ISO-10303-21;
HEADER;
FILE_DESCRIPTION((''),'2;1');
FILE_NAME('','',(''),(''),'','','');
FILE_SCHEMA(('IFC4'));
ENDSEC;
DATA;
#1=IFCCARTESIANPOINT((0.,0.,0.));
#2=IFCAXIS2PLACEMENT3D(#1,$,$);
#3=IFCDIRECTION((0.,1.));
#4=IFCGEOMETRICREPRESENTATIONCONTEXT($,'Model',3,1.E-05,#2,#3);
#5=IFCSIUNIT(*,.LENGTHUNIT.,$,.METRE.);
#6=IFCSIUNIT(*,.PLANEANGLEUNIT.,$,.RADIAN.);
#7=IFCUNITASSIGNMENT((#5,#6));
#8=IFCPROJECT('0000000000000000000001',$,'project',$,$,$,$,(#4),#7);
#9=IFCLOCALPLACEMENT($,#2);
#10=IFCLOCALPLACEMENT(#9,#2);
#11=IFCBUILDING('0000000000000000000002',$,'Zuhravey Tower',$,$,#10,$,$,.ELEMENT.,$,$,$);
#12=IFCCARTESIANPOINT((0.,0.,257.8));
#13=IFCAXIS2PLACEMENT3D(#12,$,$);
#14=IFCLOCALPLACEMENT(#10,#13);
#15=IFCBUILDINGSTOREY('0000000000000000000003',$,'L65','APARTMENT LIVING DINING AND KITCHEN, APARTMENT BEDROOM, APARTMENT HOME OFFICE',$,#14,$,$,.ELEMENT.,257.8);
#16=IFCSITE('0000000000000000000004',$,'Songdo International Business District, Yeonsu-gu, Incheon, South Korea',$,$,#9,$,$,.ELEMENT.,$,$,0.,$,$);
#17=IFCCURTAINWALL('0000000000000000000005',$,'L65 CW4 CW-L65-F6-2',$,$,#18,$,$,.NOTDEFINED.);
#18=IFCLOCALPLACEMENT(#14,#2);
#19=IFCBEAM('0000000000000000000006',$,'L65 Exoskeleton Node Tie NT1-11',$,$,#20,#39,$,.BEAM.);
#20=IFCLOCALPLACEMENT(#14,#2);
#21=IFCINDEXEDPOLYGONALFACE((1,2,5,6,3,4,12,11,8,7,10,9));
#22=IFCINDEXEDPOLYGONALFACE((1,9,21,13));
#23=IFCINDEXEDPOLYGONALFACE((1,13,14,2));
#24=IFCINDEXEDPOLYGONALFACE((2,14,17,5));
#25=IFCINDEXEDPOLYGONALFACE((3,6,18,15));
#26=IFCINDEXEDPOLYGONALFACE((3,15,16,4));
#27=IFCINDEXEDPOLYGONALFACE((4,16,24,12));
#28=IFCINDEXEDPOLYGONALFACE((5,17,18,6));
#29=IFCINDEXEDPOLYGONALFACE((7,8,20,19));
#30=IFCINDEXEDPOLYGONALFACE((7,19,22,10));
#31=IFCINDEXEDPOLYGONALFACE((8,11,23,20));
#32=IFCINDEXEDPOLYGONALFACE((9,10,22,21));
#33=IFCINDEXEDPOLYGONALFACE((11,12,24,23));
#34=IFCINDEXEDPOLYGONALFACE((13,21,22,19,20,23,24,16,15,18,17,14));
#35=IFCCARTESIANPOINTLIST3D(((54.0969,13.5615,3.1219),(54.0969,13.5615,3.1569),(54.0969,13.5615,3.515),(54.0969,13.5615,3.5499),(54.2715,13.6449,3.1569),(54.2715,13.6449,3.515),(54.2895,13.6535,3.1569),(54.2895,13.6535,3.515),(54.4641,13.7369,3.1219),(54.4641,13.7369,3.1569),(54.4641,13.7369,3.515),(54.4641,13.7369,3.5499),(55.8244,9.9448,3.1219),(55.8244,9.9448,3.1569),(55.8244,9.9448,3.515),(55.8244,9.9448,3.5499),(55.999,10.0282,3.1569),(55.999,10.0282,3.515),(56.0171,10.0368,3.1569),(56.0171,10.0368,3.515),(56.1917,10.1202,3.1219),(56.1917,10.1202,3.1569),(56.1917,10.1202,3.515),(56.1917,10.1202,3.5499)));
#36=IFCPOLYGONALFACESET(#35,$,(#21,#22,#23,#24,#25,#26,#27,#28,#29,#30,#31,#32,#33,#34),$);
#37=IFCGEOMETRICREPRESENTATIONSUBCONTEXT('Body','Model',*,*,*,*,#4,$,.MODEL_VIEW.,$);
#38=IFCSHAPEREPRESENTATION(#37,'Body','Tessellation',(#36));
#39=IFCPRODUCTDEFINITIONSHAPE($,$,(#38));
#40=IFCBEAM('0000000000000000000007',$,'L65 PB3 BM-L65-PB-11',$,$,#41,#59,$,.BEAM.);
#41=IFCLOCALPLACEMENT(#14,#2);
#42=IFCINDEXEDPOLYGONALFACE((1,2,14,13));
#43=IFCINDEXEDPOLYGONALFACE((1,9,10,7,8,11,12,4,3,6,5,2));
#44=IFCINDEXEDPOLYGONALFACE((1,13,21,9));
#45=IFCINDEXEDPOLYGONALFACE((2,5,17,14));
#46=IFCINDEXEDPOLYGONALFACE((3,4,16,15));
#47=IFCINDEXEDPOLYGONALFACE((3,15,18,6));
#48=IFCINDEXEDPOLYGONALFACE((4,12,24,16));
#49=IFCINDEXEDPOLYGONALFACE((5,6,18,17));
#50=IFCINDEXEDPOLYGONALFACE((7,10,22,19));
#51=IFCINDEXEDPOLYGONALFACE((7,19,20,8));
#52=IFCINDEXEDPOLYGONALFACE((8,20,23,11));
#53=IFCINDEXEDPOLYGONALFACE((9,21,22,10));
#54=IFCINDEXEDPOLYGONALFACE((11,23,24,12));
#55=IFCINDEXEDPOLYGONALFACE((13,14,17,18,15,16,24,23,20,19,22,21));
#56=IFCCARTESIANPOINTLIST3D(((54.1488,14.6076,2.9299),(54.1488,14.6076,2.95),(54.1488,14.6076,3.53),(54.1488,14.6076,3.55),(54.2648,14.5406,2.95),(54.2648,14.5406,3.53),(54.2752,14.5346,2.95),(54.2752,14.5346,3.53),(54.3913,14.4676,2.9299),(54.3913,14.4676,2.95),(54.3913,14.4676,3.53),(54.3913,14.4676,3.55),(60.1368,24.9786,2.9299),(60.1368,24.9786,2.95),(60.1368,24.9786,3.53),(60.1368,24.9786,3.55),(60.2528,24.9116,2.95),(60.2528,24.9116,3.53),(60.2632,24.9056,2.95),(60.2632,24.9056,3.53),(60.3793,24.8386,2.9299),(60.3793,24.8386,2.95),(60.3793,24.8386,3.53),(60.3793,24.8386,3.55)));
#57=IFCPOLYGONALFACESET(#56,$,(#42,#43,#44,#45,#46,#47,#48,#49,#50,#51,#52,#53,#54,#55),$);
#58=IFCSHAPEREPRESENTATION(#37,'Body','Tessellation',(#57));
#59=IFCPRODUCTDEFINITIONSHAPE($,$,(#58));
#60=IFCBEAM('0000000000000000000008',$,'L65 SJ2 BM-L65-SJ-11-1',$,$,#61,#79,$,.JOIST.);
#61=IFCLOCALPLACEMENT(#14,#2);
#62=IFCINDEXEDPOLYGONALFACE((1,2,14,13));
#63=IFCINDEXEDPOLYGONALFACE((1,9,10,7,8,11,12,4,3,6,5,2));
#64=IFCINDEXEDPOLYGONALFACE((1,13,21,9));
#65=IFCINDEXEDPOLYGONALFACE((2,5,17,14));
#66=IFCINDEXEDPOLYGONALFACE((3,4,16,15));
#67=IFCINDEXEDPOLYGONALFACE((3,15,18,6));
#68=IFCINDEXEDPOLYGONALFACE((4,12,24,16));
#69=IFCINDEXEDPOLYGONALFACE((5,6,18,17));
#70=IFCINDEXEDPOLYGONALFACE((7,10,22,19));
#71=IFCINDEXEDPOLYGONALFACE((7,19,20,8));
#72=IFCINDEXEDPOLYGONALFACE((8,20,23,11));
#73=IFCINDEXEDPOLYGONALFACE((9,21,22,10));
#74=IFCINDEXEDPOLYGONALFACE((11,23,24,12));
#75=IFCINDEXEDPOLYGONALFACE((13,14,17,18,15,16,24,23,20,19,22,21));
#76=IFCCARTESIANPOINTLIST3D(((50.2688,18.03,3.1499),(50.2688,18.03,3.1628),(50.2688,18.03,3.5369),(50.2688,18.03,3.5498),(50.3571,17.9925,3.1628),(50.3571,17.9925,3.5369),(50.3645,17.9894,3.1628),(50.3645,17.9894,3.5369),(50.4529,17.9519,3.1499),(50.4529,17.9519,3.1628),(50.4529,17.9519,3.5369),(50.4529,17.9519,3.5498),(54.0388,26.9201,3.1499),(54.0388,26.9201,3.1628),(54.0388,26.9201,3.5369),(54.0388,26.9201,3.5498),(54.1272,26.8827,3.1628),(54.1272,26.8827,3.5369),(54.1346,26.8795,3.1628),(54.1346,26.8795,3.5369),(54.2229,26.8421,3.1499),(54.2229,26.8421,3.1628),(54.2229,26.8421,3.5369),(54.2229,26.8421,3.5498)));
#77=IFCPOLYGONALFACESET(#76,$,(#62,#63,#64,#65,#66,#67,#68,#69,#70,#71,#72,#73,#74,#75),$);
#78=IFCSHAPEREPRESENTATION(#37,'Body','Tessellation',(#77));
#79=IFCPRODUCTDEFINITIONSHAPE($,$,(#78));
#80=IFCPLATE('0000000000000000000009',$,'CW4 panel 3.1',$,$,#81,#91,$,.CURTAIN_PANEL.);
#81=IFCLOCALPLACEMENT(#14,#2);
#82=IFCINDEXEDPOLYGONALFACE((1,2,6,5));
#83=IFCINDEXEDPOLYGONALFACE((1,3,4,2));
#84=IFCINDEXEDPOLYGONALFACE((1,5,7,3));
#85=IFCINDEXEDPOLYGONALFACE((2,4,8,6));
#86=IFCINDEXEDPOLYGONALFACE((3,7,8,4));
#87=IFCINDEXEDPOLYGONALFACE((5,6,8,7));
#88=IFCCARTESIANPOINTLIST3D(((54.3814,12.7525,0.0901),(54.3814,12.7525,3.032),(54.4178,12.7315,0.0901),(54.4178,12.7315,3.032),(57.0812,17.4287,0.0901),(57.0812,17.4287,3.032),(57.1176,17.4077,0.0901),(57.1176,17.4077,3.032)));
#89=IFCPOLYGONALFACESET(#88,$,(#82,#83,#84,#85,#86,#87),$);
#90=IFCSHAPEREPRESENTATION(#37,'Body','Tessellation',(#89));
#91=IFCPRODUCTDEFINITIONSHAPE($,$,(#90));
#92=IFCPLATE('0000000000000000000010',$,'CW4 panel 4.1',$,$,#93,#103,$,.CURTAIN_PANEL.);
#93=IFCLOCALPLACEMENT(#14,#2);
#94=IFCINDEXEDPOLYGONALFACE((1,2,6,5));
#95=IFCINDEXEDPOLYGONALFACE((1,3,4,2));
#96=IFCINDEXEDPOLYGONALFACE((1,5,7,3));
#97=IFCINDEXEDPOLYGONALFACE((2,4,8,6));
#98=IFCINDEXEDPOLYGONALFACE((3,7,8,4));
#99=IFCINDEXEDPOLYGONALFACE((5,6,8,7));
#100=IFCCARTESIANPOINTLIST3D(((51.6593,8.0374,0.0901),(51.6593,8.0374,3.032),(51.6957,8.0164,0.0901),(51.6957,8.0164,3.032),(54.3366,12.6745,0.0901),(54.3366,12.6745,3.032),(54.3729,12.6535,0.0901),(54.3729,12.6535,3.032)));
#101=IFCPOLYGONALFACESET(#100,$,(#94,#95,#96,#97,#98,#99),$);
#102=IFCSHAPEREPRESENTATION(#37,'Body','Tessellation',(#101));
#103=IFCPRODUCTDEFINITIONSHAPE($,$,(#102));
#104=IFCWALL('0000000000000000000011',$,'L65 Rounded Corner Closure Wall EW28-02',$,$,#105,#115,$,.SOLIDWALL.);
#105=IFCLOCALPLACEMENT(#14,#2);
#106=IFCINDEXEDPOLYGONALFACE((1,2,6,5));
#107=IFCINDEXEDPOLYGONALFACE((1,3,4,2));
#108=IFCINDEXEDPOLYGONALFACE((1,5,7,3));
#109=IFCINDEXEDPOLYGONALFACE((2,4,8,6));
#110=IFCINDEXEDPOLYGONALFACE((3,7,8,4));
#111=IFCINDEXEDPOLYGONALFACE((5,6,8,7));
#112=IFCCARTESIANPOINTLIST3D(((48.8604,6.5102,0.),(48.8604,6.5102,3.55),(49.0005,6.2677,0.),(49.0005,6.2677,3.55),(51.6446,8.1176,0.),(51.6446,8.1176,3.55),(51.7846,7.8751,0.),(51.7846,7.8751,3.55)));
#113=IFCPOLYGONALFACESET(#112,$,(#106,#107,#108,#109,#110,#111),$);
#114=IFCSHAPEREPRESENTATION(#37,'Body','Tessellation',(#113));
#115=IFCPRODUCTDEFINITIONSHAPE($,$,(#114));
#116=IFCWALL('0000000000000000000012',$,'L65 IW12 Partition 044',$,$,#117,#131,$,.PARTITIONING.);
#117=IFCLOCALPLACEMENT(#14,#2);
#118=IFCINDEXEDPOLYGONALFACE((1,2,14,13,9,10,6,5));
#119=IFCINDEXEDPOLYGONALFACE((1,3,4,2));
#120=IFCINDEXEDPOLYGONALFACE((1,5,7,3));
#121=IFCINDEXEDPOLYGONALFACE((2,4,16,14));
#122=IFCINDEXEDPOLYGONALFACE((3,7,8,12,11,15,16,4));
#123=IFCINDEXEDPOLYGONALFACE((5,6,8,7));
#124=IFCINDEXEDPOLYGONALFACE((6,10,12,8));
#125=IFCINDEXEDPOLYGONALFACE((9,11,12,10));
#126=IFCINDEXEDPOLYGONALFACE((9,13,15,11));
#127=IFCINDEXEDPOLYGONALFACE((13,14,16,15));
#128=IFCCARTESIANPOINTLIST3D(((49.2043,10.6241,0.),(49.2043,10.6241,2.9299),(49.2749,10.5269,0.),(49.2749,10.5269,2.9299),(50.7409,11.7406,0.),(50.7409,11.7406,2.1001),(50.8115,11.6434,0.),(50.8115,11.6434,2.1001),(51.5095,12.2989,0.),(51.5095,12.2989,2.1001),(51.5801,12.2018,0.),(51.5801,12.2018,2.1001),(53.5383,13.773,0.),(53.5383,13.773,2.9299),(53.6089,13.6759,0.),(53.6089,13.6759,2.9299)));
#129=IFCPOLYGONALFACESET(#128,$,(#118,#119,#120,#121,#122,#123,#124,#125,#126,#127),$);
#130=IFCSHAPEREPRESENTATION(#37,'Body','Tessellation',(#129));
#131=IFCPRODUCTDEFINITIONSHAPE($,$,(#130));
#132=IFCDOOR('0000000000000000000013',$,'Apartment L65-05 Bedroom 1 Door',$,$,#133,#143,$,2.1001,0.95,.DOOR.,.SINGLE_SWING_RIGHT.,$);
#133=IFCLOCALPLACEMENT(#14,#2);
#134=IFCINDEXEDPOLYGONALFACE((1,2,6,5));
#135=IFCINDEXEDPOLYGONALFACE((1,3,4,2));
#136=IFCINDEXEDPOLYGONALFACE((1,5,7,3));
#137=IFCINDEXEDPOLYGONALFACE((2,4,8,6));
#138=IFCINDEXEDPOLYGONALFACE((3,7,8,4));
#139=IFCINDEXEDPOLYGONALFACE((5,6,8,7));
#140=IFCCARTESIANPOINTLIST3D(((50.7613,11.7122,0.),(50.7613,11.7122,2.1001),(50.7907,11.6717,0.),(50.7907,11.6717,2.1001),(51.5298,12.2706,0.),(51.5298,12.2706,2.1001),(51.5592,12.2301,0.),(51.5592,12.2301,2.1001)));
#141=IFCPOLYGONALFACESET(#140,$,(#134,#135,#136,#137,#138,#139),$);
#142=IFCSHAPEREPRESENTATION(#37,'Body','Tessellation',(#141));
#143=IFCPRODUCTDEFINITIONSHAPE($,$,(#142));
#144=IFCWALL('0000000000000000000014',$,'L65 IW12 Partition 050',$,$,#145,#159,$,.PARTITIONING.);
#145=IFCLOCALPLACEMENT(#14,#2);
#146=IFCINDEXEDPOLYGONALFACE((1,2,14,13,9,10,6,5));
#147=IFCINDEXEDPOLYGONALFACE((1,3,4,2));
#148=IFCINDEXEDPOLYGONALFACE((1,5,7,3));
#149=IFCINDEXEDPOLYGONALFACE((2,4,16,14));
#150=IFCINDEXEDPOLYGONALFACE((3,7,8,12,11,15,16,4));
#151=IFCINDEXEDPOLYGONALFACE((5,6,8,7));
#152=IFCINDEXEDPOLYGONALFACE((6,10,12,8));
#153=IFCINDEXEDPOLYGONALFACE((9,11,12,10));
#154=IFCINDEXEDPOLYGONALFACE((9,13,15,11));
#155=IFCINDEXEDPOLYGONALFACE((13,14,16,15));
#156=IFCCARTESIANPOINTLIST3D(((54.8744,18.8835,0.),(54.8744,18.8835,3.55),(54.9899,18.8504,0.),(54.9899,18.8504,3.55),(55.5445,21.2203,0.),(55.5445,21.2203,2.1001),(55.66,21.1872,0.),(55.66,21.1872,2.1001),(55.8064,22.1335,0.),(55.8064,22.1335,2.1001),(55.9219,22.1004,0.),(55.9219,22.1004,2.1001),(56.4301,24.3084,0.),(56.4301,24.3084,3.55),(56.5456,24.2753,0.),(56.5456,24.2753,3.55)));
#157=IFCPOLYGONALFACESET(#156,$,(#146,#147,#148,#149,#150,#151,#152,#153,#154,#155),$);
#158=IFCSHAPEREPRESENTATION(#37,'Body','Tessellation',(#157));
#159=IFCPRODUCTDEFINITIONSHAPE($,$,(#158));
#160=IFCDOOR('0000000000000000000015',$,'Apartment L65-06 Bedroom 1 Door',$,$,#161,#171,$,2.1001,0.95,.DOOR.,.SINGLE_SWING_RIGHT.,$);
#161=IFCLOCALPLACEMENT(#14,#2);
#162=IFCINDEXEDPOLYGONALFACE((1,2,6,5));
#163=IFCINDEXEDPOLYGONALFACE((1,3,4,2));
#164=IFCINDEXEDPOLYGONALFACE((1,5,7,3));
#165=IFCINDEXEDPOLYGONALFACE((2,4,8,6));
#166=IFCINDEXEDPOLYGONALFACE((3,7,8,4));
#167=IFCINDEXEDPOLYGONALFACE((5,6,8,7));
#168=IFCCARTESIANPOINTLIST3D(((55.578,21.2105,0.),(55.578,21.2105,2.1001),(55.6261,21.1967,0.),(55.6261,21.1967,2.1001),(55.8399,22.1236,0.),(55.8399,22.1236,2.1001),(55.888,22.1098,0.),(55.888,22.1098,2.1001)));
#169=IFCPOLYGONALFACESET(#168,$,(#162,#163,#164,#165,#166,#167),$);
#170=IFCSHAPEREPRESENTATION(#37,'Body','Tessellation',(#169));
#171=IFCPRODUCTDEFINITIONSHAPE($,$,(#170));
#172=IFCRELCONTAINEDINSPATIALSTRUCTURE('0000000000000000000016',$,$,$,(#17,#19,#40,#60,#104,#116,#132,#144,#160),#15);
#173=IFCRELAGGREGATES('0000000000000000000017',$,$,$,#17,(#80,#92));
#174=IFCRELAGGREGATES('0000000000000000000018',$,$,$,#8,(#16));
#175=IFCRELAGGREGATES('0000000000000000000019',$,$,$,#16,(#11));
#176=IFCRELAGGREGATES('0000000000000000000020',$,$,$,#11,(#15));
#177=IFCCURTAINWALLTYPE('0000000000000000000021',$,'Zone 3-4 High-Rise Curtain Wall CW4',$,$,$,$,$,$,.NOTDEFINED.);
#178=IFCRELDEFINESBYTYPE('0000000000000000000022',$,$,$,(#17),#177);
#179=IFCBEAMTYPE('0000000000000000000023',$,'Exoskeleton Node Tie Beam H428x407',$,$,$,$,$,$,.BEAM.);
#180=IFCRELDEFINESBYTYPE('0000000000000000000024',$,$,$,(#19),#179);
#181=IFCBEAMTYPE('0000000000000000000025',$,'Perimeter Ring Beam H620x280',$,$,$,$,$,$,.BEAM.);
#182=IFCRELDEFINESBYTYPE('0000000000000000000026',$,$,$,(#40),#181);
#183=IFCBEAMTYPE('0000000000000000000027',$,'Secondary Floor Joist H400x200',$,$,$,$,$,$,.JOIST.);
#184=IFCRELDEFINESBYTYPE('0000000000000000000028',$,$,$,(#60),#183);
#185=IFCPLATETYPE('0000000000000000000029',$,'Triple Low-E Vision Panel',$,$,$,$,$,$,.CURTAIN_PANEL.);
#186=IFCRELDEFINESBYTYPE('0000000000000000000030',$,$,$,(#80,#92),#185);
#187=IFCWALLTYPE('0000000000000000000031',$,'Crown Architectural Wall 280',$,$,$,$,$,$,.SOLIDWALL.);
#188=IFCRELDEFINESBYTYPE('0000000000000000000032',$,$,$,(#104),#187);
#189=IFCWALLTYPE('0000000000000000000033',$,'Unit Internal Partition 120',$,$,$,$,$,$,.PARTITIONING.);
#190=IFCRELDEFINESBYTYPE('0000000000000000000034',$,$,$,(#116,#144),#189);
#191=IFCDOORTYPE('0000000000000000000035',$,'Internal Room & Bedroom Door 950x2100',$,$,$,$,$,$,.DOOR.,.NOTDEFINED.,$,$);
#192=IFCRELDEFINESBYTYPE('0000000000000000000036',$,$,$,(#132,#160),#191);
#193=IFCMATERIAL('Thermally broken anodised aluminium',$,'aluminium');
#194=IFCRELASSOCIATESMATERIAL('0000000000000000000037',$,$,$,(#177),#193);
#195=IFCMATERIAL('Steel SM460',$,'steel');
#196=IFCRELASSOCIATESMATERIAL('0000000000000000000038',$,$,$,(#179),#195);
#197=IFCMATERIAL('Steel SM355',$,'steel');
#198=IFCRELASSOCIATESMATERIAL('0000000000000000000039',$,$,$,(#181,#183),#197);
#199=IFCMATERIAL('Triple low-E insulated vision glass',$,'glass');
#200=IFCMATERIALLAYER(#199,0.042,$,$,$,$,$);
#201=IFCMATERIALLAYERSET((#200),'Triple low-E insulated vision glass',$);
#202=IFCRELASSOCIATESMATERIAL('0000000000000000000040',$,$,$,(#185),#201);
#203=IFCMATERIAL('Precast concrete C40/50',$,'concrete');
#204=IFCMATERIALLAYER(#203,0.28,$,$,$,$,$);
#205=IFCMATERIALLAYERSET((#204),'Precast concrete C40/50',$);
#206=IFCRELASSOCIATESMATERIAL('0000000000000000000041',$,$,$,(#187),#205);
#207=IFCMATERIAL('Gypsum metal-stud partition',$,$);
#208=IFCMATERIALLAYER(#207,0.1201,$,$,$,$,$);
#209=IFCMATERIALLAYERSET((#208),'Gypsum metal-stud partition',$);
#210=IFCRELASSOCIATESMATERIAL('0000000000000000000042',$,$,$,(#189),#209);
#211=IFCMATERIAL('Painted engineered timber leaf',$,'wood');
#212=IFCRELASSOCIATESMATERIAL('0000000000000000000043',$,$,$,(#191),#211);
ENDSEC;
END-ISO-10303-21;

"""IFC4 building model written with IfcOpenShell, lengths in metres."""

from ifc_helpers import new_model, si_unit, direction, frame, frame_2d, origin, origin_2d, place, context, subcontext, project, spatial, rectangle, i_section, extrude, material, layer, layer_set, material_profile, profile_set, type_object, element, fill, aggregate, save


model = new_model("IFC4")

# Units and contexts
model_context = context("Model", 3, precision=1e-05, world=origin(), true_north=direction((0.0, 1.0)))
body_context = subcontext(model_context, "Body", "Model", "MODEL_VIEW")
ifc_project = project(units=[si_unit("LENGTHUNIT", "METRE"), si_unit("PLANEANGLEUNIT", "RADIAN")], contexts=[model_context])

# Site, building, storey
site_placement = place(None, origin())
site = spatial("IfcSite", under=ifc_project, at=site_placement, Name="Songdo International Business District, Yeonsu-gu, Incheon, South Korea", CompositionType="ELEMENT", RefElevation=0.0)
building_placement = place(site_placement, origin())
building = spatial("IfcBuilding", under=site, at=building_placement, Name="Zuhravey Tower", CompositionType="ELEMENT")
storey_placement = place(building_placement, frame((0.0, 0.0, 257.8)))
storey = spatial("IfcBuildingStorey", under=building, at=storey_placement, Name="L65", Description="APARTMENT LIVING DINING AND KITCHEN, APARTMENT BEDROOM, APARTMENT HOME OFFICE", CompositionType="ELEMENT", Elevation=257.8)

# Curtain wall
ifc_material_1 = material(Name="Thermally broken anodised aluminium", Category="aluminium")
curtain_wall_type = type_object("IfcCurtainWallType", Name="Zone 3-4 High-Rise Curtain Wall CW4", PredefinedType="NOTDEFINED", material=ifc_material_1)
curtain_wall_1_placement = place(storey_placement, origin())
curtain_wall_1 = element("IfcCurtainWall", 1, at=curtain_wall_1_placement, inside=storey, type_object=curtain_wall_type, Name="L65 CW4 CW-L65-F6-2", PredefinedType="NOTDEFINED")

# Beams
ifc_material_2 = material(Name="Steel SM460", Category="steel")
ifc_material_profile_1 = material_profile(ifc_material_2, i_section(OverallWidth=0.407, OverallDepth=0.428, WebThickness=0.02, FlangeThickness=0.0349, at=origin_2d()), Name="H-428x407x20x35")
ifc_profile_set_1 = profile_set([ifc_material_profile_1], Name="Steel SM460")
beam_type_1 = type_object("IfcBeamType", Name="Exoskeleton Node Tie Beam H428x407", PredefinedType="BEAM", material=ifc_profile_set_1)
beam_1_placement = place(storey_placement, frame((54.2805, 13.6492, 3.3359), z_axis=(0.431011, -0.902346, 0.0), x_axis=(0.902346, 0.431011, 0.0)))
element("IfcBeam", 2, at=beam_1_placement, inside=storey, type_object=beam_type_1, Name="L65 Exoskeleton Node Tie NT1-11", PredefinedType="BEAM", context=body_context, shape_type="SweptSolid", body=[
    extrude(i_section(OverallWidth=0.407, OverallDepth=0.428, WebThickness=0.02, FlangeThickness=0.0349, at=origin_2d()), origin(), (0.0, 0.0, 1.0), 4.0081),
])
ifc_material_3 = material(Name="Steel SM355", Category="steel")
ifc_material_profile_2 = material_profile(ifc_material_3, i_section(OverallWidth=0.28, OverallDepth=0.6201, WebThickness=0.012, FlangeThickness=0.02, at=origin_2d()), Name="H-620x280x12x20")
ifc_profile_set_2 = profile_set([ifc_material_profile_2], Name="Steel SM355")
beam_type_2 = type_object("IfcBeamType", Name="Perimeter Ring Beam H620x280", PredefinedType="BEAM", material=ifc_profile_set_2)
beam_2_placement = place(storey_placement, frame((54.27, 14.5376, 3.24), z_axis=(0.500018, 0.866015, 0.0), x_axis=(-0.866015, 0.500018, 0.0)))
element("IfcBeam", 3, at=beam_2_placement, inside=storey, type_object=beam_type_2, Name="L65 PB3 BM-L65-PB-11", PredefinedType="BEAM", context=body_context, shape_type="SweptSolid", body=[
    extrude(i_section(OverallWidth=0.28, OverallDepth=0.6201, WebThickness=0.012, FlangeThickness=0.02, at=origin_2d()), origin(), (0.0, 0.0, 1.0), 11.9756),
])
ifc_material_profile_3 = material_profile(ifc_material_3, i_section(OverallWidth=0.2, OverallDepth=0.3999, WebThickness=0.0081, FlangeThickness=0.0129, at=origin_2d()), Name="H-400x200x8x13")
ifc_profile_set_3 = profile_set([ifc_material_profile_3], Name="Steel SM355")
beam_type_3 = type_object("IfcBeamType", Name="Secondary Floor Joist H400x200", PredefinedType="JOIST", material=ifc_profile_set_3)
beam_3_placement = place(storey_placement, frame((50.3608, 17.991, 3.3499), z_axis=(0.390413, 0.92064, 0.0), x_axis=(-0.92064, 0.390413, 0.0)))
element("IfcBeam", 4, at=beam_3_placement, inside=storey, type_object=beam_type_3, Name="L65 SJ2 BM-L65-SJ-11-1", PredefinedType="JOIST", context=body_context, shape_type="SweptSolid", body=[
    extrude(i_section(OverallWidth=0.2, OverallDepth=0.3999, WebThickness=0.0081, FlangeThickness=0.0129, at=origin_2d()), origin(), (0.0, 0.0, 1.0), 9.6565),
])

# Plates
ifc_material_4 = material(Name="Triple low-E insulated vision glass", Category="glass")
ifc_layer_1 = layer(ifc_material_4, 0.042)
ifc_layer_set_1 = layer_set([ifc_layer_1], Name="Triple low-E insulated vision glass")
plate_type = type_object("IfcPlateType", Name="Triple Low-E Vision Panel", PredefinedType="CURTAIN_PANEL", material=ifc_layer_set_1)
plate_1_placement = place(storey_placement, frame((55.7495, 15.0801, 0.0901), z_axis=(0.0, 0.0, 1.0), x_axis=(-0.500001, -0.866025, 0.0)))
plate_1 = element("IfcPlate", 5, at=plate_1_placement, type_object=plate_type, Name="CW4 panel 3.1", PredefinedType="CURTAIN_PANEL", context=body_context, shape_type="SweptSolid", body=[
    extrude(rectangle(XDim=5.3997, YDim=0.042, at=origin_2d()), origin(), (0.0, 0.0, 1.0), 2.9419),
])
plate_2_placement = place(storey_placement, frame((53.0161, 10.3455, 0.0901), z_axis=(0.0, 0.0, 1.0), x_axis=(-0.500001, -0.866025, 0.0)))
plate_2 = element("IfcPlate", 6, at=plate_2_placement, type_object=plate_type, Name="CW4 panel 4.1", PredefinedType="CURTAIN_PANEL", context=body_context, shape_type="SweptSolid", body=[
    extrude(rectangle(XDim=5.3545, YDim=0.042, at=origin_2d()), origin(), (0.0, 0.0, 1.0), 2.9419),
])
aggregate(curtain_wall_1, [plate_1, plate_2])

# Wall
ifc_material_5 = material(Name="Precast concrete C40/50", Category="concrete")
ifc_layer_2 = layer(ifc_material_5, 0.28)
ifc_layer_set_2 = layer_set([ifc_layer_2], Name="Precast concrete C40/50")
wall_type_1 = type_object("IfcWallType", Name="Crown Architectural Wall 280", PredefinedType="SOLIDWALL", material=ifc_layer_set_2)
wall_1_placement = place(storey_placement, frame((51.7146, 7.9963, 0.0), z_axis=(0.0, 0.0, 1.0), x_axis=(-0.866029, -0.499994, 0.0)))
element("IfcWall", 7, at=wall_1_placement, inside=storey, type_object=wall_type_1, Name="L65 Rounded Corner Closure Wall EW28-02", PredefinedType="SOLIDWALL", context=body_context, shape_type="SweptSolid", body=[
    extrude(rectangle(XDim=3.2148, YDim=0.28, at=frame_2d((1.6074, 0.0))), origin(), (0.0, 0.0, 1.0), 3.55),
])

# Walls, openings, doors
ifc_material_6 = material(Name="Gypsum metal-stud partition")
ifc_layer_3 = layer(ifc_material_6, 0.1201)
ifc_layer_set_3 = layer_set([ifc_layer_3], Name="Gypsum metal-stud partition")
wall_type_2 = type_object("IfcWallType", Name="Unit Internal Partition 120", PredefinedType="PARTITIONING", material=ifc_layer_set_3)
wall_2_placement = place(storey_placement, frame((49.2395, 10.5754, 0.0), z_axis=(0.0, 0.0, 1.0), x_axis=(0.809008, 0.587798, 0.0)))
wall_2 = element("IfcWall", 8, at=wall_2_placement, inside=storey, type_object=wall_type_2, Name="L65 IW12 Partition 044", PredefinedType="PARTITIONING", context=body_context, shape_type="SweptSolid", body=[
    extrude(rectangle(XDim=5.3572, YDim=0.1201, at=frame_2d((2.6787, 0.0))), origin(), (0.0, 0.0, 1.0), 2.9299),
])
opening_1_placement = place(wall_2_placement, frame((1.8994, 0.0, 0.0)))
opening_1 = element("IfcOpeningElement", 9, at=opening_1_placement, cuts=wall_2, PredefinedType="OPENING", context=body_context, shape_type="SweptSolid", body=[
    extrude(rectangle(XDim=0.95, YDim=2.1001, at=frame_2d((0.4751, 1.05))), frame((0.0, 0.072, 0.0), z_axis=(0.0, -1.0, 0.0), x_axis=(1.0, 0.0, 0.0)), (0.0, 0.0, 1.0), 0.144),
])
ifc_material_7 = material(Name="Painted engineered timber leaf", Category="wood")
door_type = type_object("IfcDoorType", Name="Internal Room & Bedroom Door 950x2100", OperationType="NOTDEFINED", PredefinedType="DOOR", material=ifc_material_7)
door_1_placement = place(opening_1_placement, frame((0.95, 0.0, 0.0), z_axis=(0.0, 0.0, 1.0), x_axis=(-1.0, 0.0, 0.0)))
door_1 = element("IfcDoor", 10, at=door_1_placement, inside=storey, type_object=door_type, Name="Apartment L65-05 Bedroom 1 Door", OperationType="SINGLE_SWING_RIGHT", OverallHeight=2.1001, OverallWidth=0.95, PredefinedType="DOOR", context=body_context, shape_type="SweptSolid", body=[
    extrude(rectangle(XDim=0.95, YDim=2.1001, at=frame_2d((0.4751, 1.05))), frame((0.0, 0.0249, 0.0), z_axis=(0.0, -1.0, 0.0), x_axis=(1.0, 0.0, 0.0)), (0.0, 0.0, 1.0), 0.05),
])
fill(opening_1, door_1)
wall_3_placement = place(storey_placement, frame((54.9321, 18.8669, 0.0), z_axis=(0.0, 0.0, 1.0), x_axis=(0.275658, 0.961256, 0.0)))
wall_3 = element("IfcWall", 11, at=wall_3_placement, inside=storey, type_object=wall_type_2, Name="L65 IW12 Partition 050", PredefinedType="PARTITIONING", context=body_context, shape_type="SweptSolid", body=[
    extrude(rectangle(XDim=5.6436, YDim=0.1201, at=frame_2d((2.8218, 0.0))), origin(), (0.0, 0.0, 1.0), 3.55),
])
opening_2_placement = place(wall_3_placement, frame((2.4309, 0.0, 0.0)))
opening_2 = element("IfcOpeningElement", 12, at=opening_2_placement, cuts=wall_3, PredefinedType="OPENING", context=body_context, shape_type="SweptSolid", body=[
    extrude(rectangle(XDim=0.95, YDim=2.1001, at=frame_2d((0.4751, 1.05))), frame((0.0, 0.072, 0.0), z_axis=(0.0, -1.0, 0.0), x_axis=(1.0, 0.0, 0.0)), (0.0, 0.0, 1.0), 0.144),
])
door_2_placement = place(opening_2_placement, frame((0.95, 0.0, 0.0), z_axis=(0.0, 0.0, 1.0), x_axis=(-1.0, 0.0, 0.0)))
door_2 = element("IfcDoor", 13, at=door_2_placement, inside=storey, type_object=door_type, Name="Apartment L65-06 Bedroom 1 Door", OperationType="SINGLE_SWING_RIGHT", OverallHeight=2.1001, OverallWidth=0.95, PredefinedType="DOOR", context=body_context, shape_type="SweptSolid", body=[
    extrude(rectangle(XDim=0.95, YDim=2.1001, at=frame_2d((0.4751, 1.05))), frame((0.0, 0.0249, 0.0), z_axis=(0.0, -1.0, 0.0), x_axis=(1.0, 0.0, 0.0)), (0.0, 0.0, 1.0), 0.05),
])
fill(opening_2, door_2)

save(model, "model.ifc")
